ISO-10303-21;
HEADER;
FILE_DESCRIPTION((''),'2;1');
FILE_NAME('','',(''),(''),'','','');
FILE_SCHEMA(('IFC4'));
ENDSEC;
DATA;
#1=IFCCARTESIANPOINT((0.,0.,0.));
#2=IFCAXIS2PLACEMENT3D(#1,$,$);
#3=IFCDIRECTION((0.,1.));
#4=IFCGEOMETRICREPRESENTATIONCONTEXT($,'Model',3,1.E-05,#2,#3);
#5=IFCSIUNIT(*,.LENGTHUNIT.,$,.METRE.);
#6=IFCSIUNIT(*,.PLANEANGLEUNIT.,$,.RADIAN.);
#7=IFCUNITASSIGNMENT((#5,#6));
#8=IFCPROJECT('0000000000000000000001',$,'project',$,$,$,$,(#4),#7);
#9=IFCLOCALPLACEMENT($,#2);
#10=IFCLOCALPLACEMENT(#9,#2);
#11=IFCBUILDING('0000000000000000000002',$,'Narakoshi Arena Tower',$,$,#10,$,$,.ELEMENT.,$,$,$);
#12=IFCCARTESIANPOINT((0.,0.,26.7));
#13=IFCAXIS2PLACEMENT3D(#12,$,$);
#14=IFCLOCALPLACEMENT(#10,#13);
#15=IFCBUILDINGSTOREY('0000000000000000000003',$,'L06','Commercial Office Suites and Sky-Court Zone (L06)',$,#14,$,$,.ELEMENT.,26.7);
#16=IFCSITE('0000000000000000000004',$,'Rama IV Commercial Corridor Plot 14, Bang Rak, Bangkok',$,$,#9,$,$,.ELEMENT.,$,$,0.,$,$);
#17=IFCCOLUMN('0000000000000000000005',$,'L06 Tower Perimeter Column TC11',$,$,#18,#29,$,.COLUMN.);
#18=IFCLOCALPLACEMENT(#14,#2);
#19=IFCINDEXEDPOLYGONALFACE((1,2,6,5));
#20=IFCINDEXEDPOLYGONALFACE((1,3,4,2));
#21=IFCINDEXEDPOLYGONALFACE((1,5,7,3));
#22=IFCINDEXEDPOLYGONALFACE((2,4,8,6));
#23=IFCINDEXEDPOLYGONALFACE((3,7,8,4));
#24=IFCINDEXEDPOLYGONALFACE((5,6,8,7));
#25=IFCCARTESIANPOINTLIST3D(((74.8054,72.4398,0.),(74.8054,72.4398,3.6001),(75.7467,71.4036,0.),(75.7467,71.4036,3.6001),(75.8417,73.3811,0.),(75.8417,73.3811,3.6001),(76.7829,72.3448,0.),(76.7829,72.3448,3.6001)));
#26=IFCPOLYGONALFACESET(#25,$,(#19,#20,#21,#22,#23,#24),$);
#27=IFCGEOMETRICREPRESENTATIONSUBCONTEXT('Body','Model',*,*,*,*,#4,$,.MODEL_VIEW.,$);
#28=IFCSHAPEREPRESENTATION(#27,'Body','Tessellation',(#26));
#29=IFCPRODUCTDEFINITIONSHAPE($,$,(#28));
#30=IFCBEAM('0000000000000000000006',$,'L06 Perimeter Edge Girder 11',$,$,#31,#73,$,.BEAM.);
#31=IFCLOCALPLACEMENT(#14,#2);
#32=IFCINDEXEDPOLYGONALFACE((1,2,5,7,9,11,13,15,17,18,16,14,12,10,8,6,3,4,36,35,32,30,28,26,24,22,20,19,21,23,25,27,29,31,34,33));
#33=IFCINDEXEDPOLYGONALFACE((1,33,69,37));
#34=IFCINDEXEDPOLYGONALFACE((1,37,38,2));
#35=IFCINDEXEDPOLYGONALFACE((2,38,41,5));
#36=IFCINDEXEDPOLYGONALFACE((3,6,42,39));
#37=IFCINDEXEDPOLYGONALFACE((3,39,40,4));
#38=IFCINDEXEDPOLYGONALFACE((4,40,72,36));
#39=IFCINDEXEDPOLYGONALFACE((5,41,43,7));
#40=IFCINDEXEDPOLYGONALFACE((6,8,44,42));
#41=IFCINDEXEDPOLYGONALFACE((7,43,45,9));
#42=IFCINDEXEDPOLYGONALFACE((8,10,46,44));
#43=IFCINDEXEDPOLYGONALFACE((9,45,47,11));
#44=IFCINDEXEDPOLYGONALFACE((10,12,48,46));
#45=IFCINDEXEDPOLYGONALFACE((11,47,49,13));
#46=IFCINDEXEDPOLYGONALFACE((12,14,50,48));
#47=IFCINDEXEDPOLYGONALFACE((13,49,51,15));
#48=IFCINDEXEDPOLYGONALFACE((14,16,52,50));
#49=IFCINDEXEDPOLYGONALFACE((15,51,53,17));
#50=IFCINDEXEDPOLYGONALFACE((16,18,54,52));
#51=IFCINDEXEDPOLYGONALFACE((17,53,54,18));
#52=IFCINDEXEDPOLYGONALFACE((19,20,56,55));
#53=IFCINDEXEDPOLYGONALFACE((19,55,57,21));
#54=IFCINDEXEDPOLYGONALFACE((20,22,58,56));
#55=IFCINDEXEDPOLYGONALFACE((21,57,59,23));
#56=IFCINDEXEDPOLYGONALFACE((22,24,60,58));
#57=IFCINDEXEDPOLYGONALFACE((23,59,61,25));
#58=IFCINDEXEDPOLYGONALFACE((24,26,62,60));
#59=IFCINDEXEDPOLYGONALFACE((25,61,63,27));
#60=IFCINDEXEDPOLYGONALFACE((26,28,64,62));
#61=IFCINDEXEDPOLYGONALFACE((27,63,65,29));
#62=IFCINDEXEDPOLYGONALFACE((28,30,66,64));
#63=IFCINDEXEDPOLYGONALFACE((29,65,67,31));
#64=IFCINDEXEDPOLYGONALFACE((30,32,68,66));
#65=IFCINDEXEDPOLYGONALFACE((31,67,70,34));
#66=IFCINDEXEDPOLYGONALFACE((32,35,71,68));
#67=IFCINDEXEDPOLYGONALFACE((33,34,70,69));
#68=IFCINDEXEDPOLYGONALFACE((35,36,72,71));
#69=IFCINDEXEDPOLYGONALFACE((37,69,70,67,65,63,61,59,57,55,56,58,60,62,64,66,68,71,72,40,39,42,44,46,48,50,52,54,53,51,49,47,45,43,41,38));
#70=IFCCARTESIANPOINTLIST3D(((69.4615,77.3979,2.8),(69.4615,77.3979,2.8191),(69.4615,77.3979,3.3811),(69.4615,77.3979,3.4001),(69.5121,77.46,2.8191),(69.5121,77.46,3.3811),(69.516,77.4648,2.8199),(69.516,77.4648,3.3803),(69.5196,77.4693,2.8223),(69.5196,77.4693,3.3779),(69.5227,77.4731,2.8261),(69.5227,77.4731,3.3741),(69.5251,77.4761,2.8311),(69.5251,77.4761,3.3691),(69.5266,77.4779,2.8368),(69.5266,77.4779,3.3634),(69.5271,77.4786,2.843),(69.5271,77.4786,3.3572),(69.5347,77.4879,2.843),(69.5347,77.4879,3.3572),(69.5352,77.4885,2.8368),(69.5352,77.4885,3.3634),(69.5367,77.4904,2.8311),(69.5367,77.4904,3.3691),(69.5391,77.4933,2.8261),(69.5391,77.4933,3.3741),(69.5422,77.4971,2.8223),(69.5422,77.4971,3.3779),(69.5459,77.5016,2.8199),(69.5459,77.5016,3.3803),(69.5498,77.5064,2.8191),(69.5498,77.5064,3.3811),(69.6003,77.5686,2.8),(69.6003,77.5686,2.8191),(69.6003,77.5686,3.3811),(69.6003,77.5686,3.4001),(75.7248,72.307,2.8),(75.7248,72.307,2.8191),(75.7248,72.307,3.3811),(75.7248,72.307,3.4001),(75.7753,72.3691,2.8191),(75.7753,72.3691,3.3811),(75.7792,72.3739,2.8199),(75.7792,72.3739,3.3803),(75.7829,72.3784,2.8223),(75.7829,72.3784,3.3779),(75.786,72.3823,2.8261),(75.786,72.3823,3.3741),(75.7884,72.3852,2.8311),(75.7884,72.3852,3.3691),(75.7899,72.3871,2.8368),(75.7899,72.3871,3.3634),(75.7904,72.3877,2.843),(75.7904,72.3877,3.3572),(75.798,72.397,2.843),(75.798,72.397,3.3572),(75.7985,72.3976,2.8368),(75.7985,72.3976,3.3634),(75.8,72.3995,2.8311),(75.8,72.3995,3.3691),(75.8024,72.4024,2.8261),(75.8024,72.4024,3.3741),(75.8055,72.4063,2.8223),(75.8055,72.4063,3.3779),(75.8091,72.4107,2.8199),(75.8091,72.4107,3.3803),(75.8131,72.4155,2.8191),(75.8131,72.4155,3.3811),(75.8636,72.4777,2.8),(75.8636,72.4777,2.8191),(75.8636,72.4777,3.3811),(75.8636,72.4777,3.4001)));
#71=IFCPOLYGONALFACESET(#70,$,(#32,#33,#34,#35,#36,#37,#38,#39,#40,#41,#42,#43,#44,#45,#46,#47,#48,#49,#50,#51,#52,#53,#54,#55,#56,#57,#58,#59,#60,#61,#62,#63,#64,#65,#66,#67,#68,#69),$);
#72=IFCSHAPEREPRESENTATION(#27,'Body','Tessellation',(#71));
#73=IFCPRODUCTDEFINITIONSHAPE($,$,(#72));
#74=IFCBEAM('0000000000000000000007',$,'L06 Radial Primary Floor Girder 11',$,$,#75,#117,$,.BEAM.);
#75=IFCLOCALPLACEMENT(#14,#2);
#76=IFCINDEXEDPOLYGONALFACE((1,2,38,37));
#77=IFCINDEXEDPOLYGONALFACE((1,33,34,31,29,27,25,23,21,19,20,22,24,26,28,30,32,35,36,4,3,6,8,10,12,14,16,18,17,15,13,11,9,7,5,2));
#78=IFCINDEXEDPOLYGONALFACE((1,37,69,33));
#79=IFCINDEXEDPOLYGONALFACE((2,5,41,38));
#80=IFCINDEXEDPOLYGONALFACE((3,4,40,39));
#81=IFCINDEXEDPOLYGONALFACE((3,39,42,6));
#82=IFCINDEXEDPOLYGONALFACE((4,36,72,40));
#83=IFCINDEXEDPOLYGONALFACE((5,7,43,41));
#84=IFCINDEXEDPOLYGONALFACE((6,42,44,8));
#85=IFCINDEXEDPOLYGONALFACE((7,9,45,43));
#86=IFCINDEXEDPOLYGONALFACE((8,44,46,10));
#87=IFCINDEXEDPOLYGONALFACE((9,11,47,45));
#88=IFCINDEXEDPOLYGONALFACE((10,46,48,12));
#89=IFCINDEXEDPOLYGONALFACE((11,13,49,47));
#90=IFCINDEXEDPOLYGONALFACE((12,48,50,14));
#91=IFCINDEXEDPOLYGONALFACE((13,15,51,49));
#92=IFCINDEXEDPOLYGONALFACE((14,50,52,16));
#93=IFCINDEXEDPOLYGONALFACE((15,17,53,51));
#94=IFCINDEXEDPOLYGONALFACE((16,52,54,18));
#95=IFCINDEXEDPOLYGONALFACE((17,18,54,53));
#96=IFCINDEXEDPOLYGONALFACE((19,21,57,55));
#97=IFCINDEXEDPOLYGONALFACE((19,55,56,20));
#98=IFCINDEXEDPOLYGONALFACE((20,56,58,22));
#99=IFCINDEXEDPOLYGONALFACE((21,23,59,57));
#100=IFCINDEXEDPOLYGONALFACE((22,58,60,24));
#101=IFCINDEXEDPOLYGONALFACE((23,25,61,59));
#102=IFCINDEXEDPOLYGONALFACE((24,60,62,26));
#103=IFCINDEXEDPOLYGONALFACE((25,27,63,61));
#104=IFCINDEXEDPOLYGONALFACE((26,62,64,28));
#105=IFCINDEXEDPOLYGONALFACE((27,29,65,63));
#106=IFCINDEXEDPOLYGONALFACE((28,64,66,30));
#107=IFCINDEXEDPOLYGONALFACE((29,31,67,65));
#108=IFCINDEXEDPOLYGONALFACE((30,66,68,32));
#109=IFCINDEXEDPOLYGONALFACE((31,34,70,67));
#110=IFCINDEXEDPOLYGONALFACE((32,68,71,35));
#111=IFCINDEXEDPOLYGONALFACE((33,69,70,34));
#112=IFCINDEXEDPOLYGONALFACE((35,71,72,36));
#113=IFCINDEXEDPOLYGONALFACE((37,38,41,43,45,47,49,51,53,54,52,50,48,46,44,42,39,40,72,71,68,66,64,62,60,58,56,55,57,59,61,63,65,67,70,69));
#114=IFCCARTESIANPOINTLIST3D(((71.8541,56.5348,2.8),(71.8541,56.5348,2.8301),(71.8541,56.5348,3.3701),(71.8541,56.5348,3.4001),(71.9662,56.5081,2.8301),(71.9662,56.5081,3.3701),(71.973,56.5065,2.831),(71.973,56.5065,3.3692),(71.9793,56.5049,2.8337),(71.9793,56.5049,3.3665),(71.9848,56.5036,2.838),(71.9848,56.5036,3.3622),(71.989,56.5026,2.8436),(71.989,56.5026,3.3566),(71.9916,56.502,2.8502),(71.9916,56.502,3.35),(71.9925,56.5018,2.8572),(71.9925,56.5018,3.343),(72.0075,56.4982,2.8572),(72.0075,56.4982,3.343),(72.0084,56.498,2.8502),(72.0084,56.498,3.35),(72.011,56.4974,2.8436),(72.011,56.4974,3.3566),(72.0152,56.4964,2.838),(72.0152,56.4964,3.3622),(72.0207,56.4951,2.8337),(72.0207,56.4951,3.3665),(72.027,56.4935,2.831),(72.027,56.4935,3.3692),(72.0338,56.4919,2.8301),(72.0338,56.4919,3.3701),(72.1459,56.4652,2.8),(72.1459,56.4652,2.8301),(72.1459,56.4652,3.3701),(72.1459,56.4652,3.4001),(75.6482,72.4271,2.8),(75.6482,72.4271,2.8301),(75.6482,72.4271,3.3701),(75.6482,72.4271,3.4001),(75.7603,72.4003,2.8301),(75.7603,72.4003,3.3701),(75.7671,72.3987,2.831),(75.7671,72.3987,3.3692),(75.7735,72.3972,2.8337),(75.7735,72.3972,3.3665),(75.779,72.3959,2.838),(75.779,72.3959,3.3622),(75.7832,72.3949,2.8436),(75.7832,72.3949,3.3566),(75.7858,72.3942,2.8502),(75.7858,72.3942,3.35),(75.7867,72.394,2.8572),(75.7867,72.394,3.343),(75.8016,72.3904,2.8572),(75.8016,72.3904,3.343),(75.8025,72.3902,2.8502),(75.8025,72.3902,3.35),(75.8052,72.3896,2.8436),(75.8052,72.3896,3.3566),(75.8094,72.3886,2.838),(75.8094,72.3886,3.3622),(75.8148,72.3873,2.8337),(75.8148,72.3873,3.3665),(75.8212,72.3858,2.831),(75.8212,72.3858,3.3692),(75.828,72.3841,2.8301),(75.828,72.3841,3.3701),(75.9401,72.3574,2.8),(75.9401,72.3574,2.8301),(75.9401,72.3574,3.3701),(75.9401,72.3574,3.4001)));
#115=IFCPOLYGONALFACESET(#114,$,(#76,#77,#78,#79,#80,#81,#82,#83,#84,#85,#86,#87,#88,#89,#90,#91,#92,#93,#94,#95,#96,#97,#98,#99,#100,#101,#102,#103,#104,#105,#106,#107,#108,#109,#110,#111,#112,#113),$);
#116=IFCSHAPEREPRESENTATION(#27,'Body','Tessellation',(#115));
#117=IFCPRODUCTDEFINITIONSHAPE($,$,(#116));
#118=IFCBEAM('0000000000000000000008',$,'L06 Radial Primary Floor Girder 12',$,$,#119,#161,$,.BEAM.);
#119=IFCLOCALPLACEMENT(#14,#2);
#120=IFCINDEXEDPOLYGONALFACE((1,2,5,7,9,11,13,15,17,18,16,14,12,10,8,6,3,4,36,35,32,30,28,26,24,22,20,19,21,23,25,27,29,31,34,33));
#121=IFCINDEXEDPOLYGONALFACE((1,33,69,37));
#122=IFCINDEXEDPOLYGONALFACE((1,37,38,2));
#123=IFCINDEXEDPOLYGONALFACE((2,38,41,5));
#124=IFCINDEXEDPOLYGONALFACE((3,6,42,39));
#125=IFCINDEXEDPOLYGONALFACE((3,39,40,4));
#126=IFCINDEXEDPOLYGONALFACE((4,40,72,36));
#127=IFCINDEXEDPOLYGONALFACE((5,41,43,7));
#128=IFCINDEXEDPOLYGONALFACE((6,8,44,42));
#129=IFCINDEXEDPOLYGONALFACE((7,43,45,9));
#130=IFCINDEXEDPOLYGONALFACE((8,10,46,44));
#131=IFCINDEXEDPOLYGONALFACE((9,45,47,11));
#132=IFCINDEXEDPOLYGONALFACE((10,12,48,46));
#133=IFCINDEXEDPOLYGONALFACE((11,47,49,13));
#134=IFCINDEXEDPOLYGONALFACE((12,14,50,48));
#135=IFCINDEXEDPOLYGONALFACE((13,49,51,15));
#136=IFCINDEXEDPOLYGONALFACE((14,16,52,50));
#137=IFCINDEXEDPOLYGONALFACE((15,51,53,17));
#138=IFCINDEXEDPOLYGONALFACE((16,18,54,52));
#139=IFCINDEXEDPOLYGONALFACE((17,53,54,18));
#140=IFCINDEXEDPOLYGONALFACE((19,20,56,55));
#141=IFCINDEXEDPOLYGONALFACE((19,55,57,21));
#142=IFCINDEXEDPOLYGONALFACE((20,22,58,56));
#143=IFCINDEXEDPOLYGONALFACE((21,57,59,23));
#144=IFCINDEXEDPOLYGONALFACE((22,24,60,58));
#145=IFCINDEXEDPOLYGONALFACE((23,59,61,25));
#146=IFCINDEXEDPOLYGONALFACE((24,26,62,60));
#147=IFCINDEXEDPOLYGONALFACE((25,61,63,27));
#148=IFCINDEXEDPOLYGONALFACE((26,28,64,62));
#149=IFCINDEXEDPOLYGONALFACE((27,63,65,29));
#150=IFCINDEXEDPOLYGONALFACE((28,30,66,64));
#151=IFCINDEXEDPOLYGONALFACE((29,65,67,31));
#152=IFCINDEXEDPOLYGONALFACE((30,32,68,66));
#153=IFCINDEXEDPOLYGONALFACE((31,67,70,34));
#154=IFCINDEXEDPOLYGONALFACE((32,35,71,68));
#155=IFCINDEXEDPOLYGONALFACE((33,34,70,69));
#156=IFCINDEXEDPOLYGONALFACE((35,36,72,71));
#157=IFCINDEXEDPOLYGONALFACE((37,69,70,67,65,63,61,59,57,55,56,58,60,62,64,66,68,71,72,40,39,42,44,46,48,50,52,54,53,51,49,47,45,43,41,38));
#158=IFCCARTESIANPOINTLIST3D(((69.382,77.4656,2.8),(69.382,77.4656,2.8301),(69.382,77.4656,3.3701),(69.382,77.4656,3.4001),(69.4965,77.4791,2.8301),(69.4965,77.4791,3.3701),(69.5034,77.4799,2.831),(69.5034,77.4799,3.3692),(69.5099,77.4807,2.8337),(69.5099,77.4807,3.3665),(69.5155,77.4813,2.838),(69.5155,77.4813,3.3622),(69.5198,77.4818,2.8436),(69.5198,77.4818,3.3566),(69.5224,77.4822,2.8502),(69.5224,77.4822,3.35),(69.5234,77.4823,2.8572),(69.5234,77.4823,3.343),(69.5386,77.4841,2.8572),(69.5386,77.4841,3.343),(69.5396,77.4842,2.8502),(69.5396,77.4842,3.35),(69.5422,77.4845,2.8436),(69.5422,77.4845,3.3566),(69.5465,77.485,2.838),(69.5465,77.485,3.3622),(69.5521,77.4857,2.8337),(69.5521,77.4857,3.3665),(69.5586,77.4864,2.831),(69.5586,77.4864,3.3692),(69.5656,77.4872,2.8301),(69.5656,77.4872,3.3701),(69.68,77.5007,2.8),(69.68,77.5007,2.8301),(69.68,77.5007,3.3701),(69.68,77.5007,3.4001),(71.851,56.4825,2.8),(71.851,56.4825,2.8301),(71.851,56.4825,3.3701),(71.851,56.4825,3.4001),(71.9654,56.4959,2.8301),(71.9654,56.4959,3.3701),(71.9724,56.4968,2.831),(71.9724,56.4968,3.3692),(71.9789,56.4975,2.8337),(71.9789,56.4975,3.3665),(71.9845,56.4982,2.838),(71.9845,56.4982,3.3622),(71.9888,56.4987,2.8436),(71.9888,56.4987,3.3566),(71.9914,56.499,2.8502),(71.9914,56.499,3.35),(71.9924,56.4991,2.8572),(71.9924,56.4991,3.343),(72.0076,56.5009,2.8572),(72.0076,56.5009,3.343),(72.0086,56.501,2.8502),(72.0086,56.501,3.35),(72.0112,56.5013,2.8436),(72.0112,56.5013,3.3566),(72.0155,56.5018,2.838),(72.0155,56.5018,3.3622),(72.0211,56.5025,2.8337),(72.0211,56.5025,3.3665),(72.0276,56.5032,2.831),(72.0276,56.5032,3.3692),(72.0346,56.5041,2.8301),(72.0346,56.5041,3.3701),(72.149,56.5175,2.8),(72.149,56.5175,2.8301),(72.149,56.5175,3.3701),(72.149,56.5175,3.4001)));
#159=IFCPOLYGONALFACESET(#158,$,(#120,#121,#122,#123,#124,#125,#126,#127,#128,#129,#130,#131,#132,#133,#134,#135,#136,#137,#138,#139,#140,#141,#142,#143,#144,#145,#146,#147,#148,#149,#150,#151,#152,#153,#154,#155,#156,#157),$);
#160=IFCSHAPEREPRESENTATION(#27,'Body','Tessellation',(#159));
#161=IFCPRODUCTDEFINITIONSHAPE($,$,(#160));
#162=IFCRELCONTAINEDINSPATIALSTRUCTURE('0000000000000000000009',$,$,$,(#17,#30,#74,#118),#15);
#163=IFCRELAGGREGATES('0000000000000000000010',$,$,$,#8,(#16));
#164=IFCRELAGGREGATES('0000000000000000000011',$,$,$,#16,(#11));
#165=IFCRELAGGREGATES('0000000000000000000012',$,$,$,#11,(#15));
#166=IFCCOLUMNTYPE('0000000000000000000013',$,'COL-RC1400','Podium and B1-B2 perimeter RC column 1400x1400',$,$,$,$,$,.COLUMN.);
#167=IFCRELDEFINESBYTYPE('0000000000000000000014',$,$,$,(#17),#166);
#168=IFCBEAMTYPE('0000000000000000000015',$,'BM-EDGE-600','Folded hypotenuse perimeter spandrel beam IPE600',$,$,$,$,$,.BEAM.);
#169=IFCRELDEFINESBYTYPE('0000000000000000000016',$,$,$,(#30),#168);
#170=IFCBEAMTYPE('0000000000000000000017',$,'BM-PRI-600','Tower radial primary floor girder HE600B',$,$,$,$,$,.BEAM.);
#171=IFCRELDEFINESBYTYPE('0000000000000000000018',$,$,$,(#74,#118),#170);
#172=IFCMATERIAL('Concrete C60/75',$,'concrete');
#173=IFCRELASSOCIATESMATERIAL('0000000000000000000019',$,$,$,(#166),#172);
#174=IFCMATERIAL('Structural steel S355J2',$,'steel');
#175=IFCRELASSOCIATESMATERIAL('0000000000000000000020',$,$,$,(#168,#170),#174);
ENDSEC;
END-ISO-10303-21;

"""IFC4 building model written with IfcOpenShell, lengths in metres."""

from ifc_helpers import new_model, si_unit, direction, frame, origin, origin_2d, place, context, subcontext, project, spatial, rectangle, i_section, extrude, material, material_profile, profile_set, type_object, element, save


model = new_model("IFC4")

# Units and contexts
model_context = context("Model", 3, precision=1e-05, world=origin(), true_north=direction((0.0, 1.0)))
body_context = subcontext(model_context, "Body", "Model", "MODEL_VIEW")
ifc_project = project(units=[si_unit("LENGTHUNIT", "METRE"), si_unit("PLANEANGLEUNIT", "RADIAN")], contexts=[model_context])

# Site, building, storey
site_placement = place(None, origin())
site = spatial("IfcSite", under=ifc_project, at=site_placement, Name="Rama IV Commercial Corridor Plot 14, Bang Rak, Bangkok", CompositionType="ELEMENT", RefElevation=0.0)
building_placement = place(site_placement, origin())
building = spatial("IfcBuilding", under=site, at=building_placement, Name="Narakoshi Arena Tower", CompositionType="ELEMENT")
storey_placement = place(building_placement, frame((0.0, 0.0, 26.7)))
storey = spatial("IfcBuildingStorey", under=building, at=storey_placement, Name="L06", Description="Commercial Office Suites and Sky-Court Zone (L06)", CompositionType="ELEMENT", Elevation=26.7)

# Column
ifc_material_1 = material(Name="Concrete C60/75", Category="concrete")
ifc_material_profile_1 = material_profile(ifc_material_1, rectangle(XDim=1.3999, YDim=1.3999, at=origin_2d()), Name="RC1400x1400")
ifc_profile_set_1 = profile_set([ifc_material_profile_1], Name="Concrete C60/75")
column_type = type_object("IfcColumnType", Name="COL-RC1400", Description="Podium and B1-B2 perimeter RC column 1400x1400", PredefinedType="COLUMN", material=ifc_profile_set_1)
column_placement = place(storey_placement, frame((75.7942, 72.3923, 0.0), z_axis=(0.0, 0.0, 1.0), x_axis=(0.740218, 0.672367, 0.0)))
element("IfcColumn", 1, at=column_placement, inside=storey, type_object=column_type, Name="L06 Tower Perimeter Column TC11", PredefinedType="COLUMN", context=body_context, shape_type="SweptSolid", body=[
    extrude(rectangle(XDim=1.3999, YDim=1.3999, at=origin_2d()), origin(), (0.0, 0.0, 1.0), 3.6001),
])

# Beams
ifc_material_2 = material(Name="Structural steel S355J2", Category="steel")
ifc_material_profile_2 = material_profile(ifc_material_2, i_section(OverallWidth=0.22, OverallDepth=0.6001, WebThickness=0.012, FlangeThickness=0.019, FilletRadius=0.0239, at=origin_2d()), Name="IPE600")
ifc_profile_set_2 = profile_set([ifc_material_profile_2], Name="Structural steel S355J2")
beam_type_1 = type_object("IfcBeamType", Name="BM-EDGE-600", Description="Folded hypotenuse perimeter spandrel beam IPE600", PredefinedType="BEAM", material=ifc_profile_set_2)
beam_1_placement = place(storey_placement, frame((75.7942, 72.3923, 3.1001), z_axis=(-0.775994, 0.630741, 0.0), x_axis=(-0.630741, -0.775994, 0.0)))
element("IfcBeam", 2, at=beam_1_placement, inside=storey, type_object=beam_type_1, Name="L06 Perimeter Edge Girder 11", PredefinedType="BEAM", context=body_context, shape_type="SweptSolid", body=[
    extrude(i_section(OverallWidth=0.22, OverallDepth=0.6001, WebThickness=0.012, FlangeThickness=0.019, FilletRadius=0.0239, at=origin_2d()), origin(), (0.0, 0.0, 1.0), 8.0713),
])
ifc_material_profile_3 = material_profile(ifc_material_2, i_section(OverallWidth=0.3, OverallDepth=0.6001, WebThickness=0.0154, FlangeThickness=0.03, FilletRadius=0.0271, at=origin_2d()), Name="HE600B")
ifc_profile_set_3 = profile_set([ifc_material_profile_3], Name="Structural steel S355J2")
beam_type_2 = type_object("IfcBeamType", Name="BM-PRI-600", Description="Tower radial primary floor girder HE600B", PredefinedType="BEAM", material=ifc_profile_set_3)
beam_2_placement = place(storey_placement, frame((72.0, 56.5, 3.1001), z_axis=(0.232217, 0.972664, 0.0), x_axis=(-0.972664, 0.232217, 0.0)))
element("IfcBeam", 3, at=beam_2_placement, inside=storey, type_object=beam_type_2, Name="L06 Radial Primary Floor Girder 11", PredefinedType="BEAM", context=body_context, shape_type="SweptSolid", body=[
    extrude(i_section(OverallWidth=0.3, OverallDepth=0.6001, WebThickness=0.0154, FlangeThickness=0.03, FilletRadius=0.0271, at=origin_2d()), origin(), (0.0, 0.0, 1.0), 16.3389),
])
beam_3_placement = place(storey_placement, frame((72.0, 56.5, 3.1001), z_axis=(-0.116859, 0.993148, 0.0), x_axis=(-0.993148, -0.116859, 0.0)))
element("IfcBeam", 4, at=beam_3_placement, inside=storey, type_object=beam_type_2, Name="L06 Radial Primary Floor Girder 12", PredefinedType="BEAM", context=body_context, shape_type="SweptSolid", body=[
    extrude(i_section(OverallWidth=0.3, OverallDepth=0.6001, WebThickness=0.0154, FlangeThickness=0.03, FilletRadius=0.0271, at=origin_2d()), origin(), (0.0, 0.0, 1.0), 21.1279),
])

save(model, "model.ifc")
